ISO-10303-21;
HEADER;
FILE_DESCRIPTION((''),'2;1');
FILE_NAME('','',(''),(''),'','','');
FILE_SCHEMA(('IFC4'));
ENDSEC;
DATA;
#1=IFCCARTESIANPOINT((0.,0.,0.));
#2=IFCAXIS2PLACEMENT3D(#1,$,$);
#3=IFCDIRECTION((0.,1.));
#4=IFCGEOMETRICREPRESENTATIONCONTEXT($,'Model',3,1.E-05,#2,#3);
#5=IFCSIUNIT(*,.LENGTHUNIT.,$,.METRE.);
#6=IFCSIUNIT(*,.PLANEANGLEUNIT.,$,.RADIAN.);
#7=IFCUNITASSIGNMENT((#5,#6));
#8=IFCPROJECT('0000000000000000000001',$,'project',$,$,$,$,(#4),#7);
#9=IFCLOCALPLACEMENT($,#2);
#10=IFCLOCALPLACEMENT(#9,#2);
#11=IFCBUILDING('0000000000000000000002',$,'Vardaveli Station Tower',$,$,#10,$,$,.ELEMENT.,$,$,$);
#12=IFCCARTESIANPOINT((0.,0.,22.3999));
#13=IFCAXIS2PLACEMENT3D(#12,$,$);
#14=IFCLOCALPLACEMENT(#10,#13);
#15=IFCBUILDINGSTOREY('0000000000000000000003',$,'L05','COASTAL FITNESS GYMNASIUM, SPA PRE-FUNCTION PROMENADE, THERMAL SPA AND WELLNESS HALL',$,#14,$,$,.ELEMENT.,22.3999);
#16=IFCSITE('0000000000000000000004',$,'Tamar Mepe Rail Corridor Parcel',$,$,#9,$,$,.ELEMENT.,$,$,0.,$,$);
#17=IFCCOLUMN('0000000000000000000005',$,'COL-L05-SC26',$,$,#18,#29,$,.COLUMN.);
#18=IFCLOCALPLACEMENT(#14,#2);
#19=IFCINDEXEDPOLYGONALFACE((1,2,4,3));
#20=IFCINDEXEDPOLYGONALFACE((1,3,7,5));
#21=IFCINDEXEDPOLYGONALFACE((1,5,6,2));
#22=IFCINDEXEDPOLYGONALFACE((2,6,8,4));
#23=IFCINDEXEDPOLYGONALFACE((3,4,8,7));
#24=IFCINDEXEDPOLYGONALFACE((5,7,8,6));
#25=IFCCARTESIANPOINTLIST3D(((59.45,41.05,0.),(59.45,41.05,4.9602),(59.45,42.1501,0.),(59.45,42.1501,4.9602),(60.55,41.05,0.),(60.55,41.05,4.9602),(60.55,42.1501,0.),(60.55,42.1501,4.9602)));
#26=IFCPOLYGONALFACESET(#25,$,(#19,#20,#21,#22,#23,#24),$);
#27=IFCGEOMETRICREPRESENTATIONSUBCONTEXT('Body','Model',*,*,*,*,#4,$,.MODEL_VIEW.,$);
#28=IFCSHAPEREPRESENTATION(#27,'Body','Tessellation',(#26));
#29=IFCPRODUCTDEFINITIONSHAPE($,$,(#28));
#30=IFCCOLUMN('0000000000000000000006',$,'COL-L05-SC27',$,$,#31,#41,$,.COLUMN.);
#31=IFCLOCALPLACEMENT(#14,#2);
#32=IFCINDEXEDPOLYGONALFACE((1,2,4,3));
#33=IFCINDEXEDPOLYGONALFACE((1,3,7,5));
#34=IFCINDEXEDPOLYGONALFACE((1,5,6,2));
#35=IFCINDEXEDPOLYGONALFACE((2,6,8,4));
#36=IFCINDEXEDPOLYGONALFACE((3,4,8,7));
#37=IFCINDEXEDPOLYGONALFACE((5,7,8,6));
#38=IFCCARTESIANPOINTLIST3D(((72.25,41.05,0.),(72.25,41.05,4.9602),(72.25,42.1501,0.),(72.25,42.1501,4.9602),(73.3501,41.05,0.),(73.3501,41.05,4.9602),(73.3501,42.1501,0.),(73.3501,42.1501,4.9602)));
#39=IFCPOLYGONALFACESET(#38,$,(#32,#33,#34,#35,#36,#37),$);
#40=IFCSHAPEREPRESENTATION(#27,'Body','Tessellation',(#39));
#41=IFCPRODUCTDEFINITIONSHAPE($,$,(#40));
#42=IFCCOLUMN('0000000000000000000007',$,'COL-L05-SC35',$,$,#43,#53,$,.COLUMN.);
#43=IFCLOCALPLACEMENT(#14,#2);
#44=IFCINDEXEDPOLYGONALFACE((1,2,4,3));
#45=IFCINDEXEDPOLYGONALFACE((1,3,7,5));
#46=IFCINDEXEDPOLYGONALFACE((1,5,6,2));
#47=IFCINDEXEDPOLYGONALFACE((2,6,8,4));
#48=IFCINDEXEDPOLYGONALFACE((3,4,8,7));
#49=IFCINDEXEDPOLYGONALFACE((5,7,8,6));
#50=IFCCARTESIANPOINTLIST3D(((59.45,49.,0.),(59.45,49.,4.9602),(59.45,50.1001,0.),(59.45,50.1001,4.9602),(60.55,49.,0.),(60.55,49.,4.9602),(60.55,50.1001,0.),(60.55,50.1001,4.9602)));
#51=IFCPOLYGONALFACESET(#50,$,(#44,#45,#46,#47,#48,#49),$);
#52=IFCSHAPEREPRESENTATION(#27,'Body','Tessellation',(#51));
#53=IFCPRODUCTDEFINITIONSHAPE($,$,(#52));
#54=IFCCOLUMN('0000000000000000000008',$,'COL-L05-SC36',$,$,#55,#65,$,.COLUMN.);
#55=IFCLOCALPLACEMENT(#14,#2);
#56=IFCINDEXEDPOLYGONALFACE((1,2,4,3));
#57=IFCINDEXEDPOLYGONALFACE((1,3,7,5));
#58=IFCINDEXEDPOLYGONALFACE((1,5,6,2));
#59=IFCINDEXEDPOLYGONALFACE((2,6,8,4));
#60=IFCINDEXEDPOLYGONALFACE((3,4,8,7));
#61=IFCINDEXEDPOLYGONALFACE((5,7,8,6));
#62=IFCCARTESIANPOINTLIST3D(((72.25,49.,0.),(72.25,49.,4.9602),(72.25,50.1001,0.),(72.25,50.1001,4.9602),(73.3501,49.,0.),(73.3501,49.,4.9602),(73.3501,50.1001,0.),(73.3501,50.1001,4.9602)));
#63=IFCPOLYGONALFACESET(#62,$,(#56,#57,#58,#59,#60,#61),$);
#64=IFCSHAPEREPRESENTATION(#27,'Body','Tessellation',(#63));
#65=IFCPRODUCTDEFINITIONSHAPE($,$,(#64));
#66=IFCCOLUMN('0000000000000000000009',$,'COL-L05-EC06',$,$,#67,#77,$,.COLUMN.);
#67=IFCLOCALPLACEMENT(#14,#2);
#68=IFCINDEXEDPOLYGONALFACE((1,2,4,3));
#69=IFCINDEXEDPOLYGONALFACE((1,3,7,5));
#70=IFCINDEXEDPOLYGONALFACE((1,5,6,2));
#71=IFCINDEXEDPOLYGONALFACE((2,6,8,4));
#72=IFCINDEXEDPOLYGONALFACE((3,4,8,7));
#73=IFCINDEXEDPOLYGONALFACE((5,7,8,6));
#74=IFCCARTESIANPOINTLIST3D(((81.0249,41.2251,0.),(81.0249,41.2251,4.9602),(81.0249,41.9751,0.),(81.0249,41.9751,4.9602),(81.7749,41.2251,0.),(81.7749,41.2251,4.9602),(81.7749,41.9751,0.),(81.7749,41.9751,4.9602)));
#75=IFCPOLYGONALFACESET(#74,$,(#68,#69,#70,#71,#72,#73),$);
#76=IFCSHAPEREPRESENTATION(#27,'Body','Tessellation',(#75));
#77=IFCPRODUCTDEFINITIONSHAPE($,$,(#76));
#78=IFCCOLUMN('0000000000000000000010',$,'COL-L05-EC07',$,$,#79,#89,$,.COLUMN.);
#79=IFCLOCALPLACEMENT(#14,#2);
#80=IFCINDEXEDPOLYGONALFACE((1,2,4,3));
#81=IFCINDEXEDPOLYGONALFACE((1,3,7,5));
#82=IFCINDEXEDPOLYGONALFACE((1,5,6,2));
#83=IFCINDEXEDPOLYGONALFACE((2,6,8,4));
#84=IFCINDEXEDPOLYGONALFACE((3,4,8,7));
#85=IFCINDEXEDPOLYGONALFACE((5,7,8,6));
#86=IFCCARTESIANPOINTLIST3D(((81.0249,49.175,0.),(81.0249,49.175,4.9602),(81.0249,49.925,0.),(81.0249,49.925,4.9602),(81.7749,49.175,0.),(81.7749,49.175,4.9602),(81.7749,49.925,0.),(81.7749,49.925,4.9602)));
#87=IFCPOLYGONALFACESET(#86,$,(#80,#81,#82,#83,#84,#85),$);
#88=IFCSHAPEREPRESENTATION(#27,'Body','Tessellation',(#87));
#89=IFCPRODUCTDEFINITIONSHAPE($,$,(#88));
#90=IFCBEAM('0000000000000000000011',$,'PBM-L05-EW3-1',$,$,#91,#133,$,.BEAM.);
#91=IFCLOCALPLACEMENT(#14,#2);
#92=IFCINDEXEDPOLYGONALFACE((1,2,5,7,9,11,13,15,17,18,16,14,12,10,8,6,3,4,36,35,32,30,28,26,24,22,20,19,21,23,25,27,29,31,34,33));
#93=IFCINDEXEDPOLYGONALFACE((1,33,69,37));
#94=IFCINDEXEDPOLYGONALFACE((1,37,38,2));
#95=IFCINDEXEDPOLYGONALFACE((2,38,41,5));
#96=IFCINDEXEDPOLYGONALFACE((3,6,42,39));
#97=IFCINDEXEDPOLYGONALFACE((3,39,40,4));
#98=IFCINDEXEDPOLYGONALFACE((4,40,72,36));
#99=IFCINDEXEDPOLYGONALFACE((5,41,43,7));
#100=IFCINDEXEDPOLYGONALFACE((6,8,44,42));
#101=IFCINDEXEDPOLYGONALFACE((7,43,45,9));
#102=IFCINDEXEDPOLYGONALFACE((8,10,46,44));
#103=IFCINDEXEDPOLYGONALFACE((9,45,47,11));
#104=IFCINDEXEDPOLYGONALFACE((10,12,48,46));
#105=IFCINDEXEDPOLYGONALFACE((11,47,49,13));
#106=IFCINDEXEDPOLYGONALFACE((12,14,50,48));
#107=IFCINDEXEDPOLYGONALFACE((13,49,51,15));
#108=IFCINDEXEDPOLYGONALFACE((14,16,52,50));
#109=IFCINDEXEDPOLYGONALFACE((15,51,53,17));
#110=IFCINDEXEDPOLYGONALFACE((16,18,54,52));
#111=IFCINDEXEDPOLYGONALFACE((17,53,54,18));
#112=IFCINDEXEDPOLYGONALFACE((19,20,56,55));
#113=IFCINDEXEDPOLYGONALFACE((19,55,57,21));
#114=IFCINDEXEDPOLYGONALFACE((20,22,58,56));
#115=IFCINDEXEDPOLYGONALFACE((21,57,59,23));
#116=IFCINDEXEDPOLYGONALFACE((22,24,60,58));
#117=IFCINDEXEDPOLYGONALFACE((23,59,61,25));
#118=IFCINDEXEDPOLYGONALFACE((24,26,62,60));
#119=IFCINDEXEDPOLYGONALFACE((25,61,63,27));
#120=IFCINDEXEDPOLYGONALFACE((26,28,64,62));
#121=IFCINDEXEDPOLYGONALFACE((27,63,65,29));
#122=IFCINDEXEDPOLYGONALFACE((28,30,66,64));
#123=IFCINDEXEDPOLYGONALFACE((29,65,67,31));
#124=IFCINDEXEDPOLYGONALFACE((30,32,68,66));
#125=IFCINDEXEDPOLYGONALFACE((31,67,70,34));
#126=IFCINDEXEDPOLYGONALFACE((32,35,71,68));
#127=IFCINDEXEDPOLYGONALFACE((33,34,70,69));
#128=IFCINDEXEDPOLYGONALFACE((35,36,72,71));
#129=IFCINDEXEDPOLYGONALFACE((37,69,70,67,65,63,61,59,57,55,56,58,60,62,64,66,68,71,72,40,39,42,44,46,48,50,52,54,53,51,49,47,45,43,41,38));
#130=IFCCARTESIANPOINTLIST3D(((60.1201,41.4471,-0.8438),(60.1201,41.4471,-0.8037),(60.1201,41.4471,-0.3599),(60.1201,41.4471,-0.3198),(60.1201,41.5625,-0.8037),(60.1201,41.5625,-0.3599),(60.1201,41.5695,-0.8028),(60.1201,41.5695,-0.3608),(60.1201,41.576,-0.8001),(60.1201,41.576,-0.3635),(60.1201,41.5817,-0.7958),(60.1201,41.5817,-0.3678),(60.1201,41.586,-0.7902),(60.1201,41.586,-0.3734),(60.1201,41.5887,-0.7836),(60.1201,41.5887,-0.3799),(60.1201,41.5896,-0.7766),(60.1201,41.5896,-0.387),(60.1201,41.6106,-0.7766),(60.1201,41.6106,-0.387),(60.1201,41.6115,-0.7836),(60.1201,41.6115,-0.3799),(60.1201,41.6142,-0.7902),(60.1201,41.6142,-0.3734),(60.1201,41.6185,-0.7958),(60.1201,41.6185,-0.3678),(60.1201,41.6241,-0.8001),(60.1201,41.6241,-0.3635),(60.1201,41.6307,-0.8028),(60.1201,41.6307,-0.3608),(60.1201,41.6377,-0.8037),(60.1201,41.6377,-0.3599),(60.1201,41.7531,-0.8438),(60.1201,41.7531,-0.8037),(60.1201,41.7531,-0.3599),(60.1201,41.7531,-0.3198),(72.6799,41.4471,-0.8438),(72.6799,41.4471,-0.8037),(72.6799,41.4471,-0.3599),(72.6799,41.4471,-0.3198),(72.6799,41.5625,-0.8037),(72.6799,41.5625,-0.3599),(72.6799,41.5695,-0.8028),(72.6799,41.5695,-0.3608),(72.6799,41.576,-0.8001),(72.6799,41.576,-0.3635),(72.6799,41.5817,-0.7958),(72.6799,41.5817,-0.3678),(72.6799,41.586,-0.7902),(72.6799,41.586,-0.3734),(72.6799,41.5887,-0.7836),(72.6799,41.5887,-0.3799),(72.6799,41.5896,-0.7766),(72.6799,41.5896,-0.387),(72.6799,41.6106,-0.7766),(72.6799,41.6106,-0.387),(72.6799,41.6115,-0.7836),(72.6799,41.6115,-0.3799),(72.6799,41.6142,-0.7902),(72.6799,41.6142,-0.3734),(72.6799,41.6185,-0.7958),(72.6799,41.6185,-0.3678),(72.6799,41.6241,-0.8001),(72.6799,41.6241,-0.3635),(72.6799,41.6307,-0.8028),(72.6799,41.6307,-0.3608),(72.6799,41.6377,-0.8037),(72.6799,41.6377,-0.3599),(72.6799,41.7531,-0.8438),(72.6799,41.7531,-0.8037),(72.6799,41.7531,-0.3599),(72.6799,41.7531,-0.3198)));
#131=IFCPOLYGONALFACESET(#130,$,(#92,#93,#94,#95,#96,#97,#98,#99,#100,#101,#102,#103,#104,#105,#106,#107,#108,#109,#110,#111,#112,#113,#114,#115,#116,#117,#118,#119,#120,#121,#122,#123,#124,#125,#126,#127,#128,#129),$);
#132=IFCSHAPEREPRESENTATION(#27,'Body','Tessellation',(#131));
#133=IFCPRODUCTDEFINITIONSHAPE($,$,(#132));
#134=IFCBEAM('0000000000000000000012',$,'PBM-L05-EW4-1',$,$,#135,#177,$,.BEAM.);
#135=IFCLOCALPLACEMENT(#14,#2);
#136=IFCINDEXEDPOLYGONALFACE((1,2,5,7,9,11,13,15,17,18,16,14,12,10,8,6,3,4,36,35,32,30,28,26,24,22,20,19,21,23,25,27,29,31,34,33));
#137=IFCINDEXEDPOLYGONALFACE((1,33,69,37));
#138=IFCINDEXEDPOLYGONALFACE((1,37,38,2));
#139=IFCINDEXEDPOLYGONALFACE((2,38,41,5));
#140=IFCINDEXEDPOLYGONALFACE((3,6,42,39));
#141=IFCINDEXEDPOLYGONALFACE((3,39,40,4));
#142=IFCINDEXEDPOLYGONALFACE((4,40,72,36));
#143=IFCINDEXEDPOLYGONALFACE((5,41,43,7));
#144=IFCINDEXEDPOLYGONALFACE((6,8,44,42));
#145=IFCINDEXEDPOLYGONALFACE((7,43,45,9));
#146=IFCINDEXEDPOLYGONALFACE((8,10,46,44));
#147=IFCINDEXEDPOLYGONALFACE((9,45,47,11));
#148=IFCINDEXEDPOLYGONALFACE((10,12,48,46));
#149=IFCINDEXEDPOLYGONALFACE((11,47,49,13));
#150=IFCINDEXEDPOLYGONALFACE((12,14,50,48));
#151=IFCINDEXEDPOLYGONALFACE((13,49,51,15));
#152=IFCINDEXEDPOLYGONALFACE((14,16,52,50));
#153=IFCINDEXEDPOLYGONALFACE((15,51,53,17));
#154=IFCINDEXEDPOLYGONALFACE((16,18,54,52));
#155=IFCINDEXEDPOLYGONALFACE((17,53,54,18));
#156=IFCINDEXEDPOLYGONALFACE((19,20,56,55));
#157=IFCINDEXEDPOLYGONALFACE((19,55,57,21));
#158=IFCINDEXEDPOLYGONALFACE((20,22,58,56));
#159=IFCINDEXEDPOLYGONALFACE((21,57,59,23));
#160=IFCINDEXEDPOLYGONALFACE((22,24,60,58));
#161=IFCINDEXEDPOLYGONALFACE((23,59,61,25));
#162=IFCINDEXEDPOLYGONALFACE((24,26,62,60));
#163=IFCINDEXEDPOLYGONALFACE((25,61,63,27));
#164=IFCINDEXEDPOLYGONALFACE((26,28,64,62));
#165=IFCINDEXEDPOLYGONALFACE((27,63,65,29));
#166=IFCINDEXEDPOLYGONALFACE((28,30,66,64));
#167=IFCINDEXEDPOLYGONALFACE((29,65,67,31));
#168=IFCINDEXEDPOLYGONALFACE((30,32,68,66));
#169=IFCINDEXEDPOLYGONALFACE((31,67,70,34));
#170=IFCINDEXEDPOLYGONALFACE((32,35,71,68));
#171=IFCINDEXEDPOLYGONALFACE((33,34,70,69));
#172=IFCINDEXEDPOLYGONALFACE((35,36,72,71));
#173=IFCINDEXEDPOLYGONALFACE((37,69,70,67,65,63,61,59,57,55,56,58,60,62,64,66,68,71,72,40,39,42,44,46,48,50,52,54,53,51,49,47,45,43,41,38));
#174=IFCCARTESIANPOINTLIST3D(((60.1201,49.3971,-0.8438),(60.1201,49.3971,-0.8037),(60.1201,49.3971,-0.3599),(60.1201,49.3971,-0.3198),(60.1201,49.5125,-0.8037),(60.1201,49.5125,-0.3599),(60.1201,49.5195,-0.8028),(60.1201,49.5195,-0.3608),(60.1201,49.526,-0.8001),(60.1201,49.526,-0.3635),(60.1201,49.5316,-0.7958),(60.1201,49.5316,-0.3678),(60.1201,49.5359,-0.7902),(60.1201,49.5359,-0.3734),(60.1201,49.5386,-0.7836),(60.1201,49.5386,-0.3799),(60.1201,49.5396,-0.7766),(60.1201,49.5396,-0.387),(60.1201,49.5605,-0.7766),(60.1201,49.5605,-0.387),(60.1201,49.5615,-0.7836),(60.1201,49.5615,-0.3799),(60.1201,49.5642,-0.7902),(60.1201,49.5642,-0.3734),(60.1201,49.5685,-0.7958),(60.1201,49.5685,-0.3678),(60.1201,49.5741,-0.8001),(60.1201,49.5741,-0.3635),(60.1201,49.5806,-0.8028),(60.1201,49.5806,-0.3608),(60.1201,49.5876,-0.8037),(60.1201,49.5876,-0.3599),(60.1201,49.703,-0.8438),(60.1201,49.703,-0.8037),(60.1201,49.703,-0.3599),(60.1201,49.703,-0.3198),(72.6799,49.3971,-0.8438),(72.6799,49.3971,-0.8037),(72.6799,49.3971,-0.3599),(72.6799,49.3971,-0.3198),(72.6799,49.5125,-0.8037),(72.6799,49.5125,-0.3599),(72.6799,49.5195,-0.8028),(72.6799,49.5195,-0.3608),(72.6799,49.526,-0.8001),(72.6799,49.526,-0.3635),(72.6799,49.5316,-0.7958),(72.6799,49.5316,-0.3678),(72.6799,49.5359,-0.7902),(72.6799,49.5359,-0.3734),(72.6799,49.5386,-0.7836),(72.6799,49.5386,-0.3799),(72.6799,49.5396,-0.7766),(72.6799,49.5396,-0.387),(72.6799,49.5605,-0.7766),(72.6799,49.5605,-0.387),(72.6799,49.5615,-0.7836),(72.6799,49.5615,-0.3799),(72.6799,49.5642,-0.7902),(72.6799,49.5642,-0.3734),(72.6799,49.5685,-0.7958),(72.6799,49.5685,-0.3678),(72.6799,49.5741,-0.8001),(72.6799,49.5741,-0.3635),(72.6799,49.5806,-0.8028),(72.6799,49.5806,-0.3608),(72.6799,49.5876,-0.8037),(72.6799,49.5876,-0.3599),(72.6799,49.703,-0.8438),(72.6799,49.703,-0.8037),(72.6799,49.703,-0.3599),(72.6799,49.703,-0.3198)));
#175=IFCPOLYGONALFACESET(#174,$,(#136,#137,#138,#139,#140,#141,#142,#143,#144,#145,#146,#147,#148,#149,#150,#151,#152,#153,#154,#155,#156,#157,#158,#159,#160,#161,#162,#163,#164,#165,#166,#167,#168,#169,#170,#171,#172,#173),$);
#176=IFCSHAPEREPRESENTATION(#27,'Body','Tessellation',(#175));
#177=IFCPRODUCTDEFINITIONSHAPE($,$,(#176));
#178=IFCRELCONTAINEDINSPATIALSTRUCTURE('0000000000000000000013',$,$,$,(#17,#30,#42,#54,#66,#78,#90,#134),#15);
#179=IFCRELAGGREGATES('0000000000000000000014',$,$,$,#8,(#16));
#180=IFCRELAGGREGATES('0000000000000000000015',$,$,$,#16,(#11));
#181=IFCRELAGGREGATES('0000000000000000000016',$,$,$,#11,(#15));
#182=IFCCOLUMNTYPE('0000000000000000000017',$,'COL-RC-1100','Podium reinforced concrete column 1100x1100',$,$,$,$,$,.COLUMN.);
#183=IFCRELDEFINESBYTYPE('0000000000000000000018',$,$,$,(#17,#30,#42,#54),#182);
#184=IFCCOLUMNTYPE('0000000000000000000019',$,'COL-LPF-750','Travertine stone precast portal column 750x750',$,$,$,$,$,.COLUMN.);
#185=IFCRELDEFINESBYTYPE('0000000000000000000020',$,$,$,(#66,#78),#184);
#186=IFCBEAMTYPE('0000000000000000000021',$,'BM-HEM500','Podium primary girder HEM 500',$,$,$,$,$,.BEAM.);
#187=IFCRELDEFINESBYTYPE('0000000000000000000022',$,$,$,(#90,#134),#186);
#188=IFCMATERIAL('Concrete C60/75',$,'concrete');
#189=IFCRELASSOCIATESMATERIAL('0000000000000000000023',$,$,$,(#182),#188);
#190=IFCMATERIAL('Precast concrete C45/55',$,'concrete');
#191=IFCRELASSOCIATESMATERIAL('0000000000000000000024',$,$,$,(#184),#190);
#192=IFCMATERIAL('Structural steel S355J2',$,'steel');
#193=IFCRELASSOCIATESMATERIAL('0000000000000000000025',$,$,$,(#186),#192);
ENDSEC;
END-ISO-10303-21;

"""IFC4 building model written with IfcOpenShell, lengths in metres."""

from ifc_helpers import new_model, si_unit, direction, frame, origin, origin_2d, place, context, subcontext, project, spatial, rectangle, i_section, extrude, source, transform, mapped, material, material_profile, profile_set, type_object, element, save


model = new_model("IFC4")

# Units and contexts
model_context = context("Model", 3, precision=1e-05, world=origin(), true_north=direction((0.0, 1.0)))
body_context = subcontext(model_context, "Body", "Model", "MODEL_VIEW")
ifc_project = project(units=[si_unit("LENGTHUNIT", "METRE"), si_unit("PLANEANGLEUNIT", "RADIAN")], contexts=[model_context])

# Site, building, storey
site_placement = place(None, origin())
site = spatial("IfcSite", under=ifc_project, at=site_placement, Name="Tamar Mepe Rail Corridor Parcel", CompositionType="ELEMENT", RefElevation=0.0)
building_placement = place(site_placement, origin())
building = spatial("IfcBuilding", under=site, at=building_placement, Name="Vardaveli Station Tower", CompositionType="ELEMENT")
storey_placement = place(building_placement, frame((0.0, 0.0, 22.3999)))
storey = spatial("IfcBuildingStorey", under=building, at=storey_placement, Name="L05", Description="COASTAL FITNESS GYMNASIUM, SPA PRE-FUNCTION PROMENADE, THERMAL SPA AND WELLNESS HALL", CompositionType="ELEMENT", Elevation=22.3999)

# Columns
ifc_material_1 = material(Name="Concrete C60/75", Category="concrete")
ifc_material_profile_1 = material_profile(ifc_material_1, rectangle(XDim=1.1001, YDim=1.1001, at=origin_2d()), Name="RC 1100x1100")
ifc_profile_set_1 = profile_set([ifc_material_profile_1], Name="Concrete C60/75")
column_type_1 = type_object("IfcColumnType", Name="COL-RC-1100", Description="Podium reinforced concrete column 1100x1100", PredefinedType="COLUMN", material=ifc_profile_set_1)
shared_shape_1 = source(origin(), body_context, "Body", "SweptSolid", [
    extrude(rectangle(XDim=1.1001, YDim=1.1001, at=origin_2d()), origin(), (0.0, 0.0, 1.0), 4.9602),
])
for number, where, z_axis, x_axis, name in (
    (1, (60.0, 41.6001, 0.0), (0.0, 0.0, 1.0), (1.0, 0.0, 0.0), "COL-L05-SC26"),
    (2, (72.8, 41.6001, 0.0), (0.0, 0.0, 1.0), (1.0, 0.0, 0.0), "COL-L05-SC27"),
    (3, (60.0, 49.55, 0.0), (0.0, 0.0, 1.0), (1.0, 0.0, 0.0), "COL-L05-SC35"),
    (4, (72.8, 49.55, 0.0), (0.0, 0.0, 1.0), (1.0, 0.0, 0.0), "COL-L05-SC36"),
):
    element("IfcColumn", number, at=place(storey_placement, frame(where, z_axis=z_axis, x_axis=x_axis)), inside=storey, type_object=column_type_1, Name=name, PredefinedType="COLUMN", context=body_context, shape_type="MappedRepresentation", body=[
        mapped(shared_shape_1, transform((0.0, 0.0, 0.0), scale=1.0)),
    ])
ifc_material_2 = material(Name="Precast concrete C45/55", Category="concrete")
ifc_material_profile_2 = material_profile(ifc_material_2, rectangle(XDim=0.75, YDim=0.75, at=origin_2d()), Name="LPF 750x750")
ifc_profile_set_2 = profile_set([ifc_material_profile_2], Name="Precast concrete C45/55")
column_type_2 = type_object("IfcColumnType", Name="COL-LPF-750", Description="Travertine stone precast portal column 750x750", PredefinedType="COLUMN", material=ifc_profile_set_2)
shared_shape_2 = source(origin(), body_context, "Body", "SweptSolid", [
    extrude(rectangle(XDim=0.75, YDim=0.75, at=origin_2d()), origin(), (0.0, 0.0, 1.0), 4.9602),
])
for number, where, z_axis, x_axis, name in (
    (5, (81.3999, 41.6001, 0.0), (0.0, 0.0, 1.0), (1.0, 0.0, 0.0), "COL-L05-EC06"),
    (6, (81.3999, 49.55, 0.0), (0.0, 0.0, 1.0), (1.0, 0.0, 0.0), "COL-L05-EC07"),
):
    element("IfcColumn", number, at=place(storey_placement, frame(where, z_axis=z_axis, x_axis=x_axis)), inside=storey, type_object=column_type_2, Name=name, PredefinedType="COLUMN", context=body_context, shape_type="MappedRepresentation", body=[
        mapped(shared_shape_2, transform((0.0, 0.0, 0.0), scale=1.0)),
    ])

# Beams
ifc_material_3 = material(Name="Structural steel S355J2", Category="steel")
ifc_material_profile_3 = material_profile(ifc_material_3, i_section(OverallWidth=0.3059, OverallDepth=0.5239, WebThickness=0.021, FlangeThickness=0.04, FilletRadius=0.0271, at=origin_2d()), Name="HEM 500")
ifc_profile_set_3 = profile_set([ifc_material_profile_3], Name="Structural steel S355J2")
beam_type_1 = type_object("IfcBeamType", Name="BM-HEM500", Description="Podium primary girder HEM 500", PredefinedType="BEAM", material=ifc_profile_set_3)
shared_shape_3 = source(origin(), body_context, "Body", "SweptSolid", [
    extrude(i_section(OverallWidth=0.3059, OverallDepth=0.5239, WebThickness=0.021, FlangeThickness=0.04, FilletRadius=0.0271, at=origin_2d()), origin(), (0.0, 0.0, 1.0), 12.5598),
])
for number, where, z_axis, x_axis, name in (
    (7, (60.1201, 41.6001, -0.5818), (1.0, 0.0, 0.0), (0.0, 1.0, 0.0), "PBM-L05-EW3-1"),
    (8, (60.1201, 49.55, -0.5818), (1.0, 0.0, 0.0), (0.0, 1.0, 0.0), "PBM-L05-EW4-1"),
):
    element("IfcBeam", number, at=place(storey_placement, frame(where, z_axis=z_axis, x_axis=x_axis)), inside=storey, type_object=beam_type_1, Name=name, PredefinedType="BEAM", context=body_context, shape_type="MappedRepresentation", body=[
        mapped(shared_shape_3, transform((0.0, 0.0, 0.0), scale=1.0)),
    ])

save(model, "model.ifc")
